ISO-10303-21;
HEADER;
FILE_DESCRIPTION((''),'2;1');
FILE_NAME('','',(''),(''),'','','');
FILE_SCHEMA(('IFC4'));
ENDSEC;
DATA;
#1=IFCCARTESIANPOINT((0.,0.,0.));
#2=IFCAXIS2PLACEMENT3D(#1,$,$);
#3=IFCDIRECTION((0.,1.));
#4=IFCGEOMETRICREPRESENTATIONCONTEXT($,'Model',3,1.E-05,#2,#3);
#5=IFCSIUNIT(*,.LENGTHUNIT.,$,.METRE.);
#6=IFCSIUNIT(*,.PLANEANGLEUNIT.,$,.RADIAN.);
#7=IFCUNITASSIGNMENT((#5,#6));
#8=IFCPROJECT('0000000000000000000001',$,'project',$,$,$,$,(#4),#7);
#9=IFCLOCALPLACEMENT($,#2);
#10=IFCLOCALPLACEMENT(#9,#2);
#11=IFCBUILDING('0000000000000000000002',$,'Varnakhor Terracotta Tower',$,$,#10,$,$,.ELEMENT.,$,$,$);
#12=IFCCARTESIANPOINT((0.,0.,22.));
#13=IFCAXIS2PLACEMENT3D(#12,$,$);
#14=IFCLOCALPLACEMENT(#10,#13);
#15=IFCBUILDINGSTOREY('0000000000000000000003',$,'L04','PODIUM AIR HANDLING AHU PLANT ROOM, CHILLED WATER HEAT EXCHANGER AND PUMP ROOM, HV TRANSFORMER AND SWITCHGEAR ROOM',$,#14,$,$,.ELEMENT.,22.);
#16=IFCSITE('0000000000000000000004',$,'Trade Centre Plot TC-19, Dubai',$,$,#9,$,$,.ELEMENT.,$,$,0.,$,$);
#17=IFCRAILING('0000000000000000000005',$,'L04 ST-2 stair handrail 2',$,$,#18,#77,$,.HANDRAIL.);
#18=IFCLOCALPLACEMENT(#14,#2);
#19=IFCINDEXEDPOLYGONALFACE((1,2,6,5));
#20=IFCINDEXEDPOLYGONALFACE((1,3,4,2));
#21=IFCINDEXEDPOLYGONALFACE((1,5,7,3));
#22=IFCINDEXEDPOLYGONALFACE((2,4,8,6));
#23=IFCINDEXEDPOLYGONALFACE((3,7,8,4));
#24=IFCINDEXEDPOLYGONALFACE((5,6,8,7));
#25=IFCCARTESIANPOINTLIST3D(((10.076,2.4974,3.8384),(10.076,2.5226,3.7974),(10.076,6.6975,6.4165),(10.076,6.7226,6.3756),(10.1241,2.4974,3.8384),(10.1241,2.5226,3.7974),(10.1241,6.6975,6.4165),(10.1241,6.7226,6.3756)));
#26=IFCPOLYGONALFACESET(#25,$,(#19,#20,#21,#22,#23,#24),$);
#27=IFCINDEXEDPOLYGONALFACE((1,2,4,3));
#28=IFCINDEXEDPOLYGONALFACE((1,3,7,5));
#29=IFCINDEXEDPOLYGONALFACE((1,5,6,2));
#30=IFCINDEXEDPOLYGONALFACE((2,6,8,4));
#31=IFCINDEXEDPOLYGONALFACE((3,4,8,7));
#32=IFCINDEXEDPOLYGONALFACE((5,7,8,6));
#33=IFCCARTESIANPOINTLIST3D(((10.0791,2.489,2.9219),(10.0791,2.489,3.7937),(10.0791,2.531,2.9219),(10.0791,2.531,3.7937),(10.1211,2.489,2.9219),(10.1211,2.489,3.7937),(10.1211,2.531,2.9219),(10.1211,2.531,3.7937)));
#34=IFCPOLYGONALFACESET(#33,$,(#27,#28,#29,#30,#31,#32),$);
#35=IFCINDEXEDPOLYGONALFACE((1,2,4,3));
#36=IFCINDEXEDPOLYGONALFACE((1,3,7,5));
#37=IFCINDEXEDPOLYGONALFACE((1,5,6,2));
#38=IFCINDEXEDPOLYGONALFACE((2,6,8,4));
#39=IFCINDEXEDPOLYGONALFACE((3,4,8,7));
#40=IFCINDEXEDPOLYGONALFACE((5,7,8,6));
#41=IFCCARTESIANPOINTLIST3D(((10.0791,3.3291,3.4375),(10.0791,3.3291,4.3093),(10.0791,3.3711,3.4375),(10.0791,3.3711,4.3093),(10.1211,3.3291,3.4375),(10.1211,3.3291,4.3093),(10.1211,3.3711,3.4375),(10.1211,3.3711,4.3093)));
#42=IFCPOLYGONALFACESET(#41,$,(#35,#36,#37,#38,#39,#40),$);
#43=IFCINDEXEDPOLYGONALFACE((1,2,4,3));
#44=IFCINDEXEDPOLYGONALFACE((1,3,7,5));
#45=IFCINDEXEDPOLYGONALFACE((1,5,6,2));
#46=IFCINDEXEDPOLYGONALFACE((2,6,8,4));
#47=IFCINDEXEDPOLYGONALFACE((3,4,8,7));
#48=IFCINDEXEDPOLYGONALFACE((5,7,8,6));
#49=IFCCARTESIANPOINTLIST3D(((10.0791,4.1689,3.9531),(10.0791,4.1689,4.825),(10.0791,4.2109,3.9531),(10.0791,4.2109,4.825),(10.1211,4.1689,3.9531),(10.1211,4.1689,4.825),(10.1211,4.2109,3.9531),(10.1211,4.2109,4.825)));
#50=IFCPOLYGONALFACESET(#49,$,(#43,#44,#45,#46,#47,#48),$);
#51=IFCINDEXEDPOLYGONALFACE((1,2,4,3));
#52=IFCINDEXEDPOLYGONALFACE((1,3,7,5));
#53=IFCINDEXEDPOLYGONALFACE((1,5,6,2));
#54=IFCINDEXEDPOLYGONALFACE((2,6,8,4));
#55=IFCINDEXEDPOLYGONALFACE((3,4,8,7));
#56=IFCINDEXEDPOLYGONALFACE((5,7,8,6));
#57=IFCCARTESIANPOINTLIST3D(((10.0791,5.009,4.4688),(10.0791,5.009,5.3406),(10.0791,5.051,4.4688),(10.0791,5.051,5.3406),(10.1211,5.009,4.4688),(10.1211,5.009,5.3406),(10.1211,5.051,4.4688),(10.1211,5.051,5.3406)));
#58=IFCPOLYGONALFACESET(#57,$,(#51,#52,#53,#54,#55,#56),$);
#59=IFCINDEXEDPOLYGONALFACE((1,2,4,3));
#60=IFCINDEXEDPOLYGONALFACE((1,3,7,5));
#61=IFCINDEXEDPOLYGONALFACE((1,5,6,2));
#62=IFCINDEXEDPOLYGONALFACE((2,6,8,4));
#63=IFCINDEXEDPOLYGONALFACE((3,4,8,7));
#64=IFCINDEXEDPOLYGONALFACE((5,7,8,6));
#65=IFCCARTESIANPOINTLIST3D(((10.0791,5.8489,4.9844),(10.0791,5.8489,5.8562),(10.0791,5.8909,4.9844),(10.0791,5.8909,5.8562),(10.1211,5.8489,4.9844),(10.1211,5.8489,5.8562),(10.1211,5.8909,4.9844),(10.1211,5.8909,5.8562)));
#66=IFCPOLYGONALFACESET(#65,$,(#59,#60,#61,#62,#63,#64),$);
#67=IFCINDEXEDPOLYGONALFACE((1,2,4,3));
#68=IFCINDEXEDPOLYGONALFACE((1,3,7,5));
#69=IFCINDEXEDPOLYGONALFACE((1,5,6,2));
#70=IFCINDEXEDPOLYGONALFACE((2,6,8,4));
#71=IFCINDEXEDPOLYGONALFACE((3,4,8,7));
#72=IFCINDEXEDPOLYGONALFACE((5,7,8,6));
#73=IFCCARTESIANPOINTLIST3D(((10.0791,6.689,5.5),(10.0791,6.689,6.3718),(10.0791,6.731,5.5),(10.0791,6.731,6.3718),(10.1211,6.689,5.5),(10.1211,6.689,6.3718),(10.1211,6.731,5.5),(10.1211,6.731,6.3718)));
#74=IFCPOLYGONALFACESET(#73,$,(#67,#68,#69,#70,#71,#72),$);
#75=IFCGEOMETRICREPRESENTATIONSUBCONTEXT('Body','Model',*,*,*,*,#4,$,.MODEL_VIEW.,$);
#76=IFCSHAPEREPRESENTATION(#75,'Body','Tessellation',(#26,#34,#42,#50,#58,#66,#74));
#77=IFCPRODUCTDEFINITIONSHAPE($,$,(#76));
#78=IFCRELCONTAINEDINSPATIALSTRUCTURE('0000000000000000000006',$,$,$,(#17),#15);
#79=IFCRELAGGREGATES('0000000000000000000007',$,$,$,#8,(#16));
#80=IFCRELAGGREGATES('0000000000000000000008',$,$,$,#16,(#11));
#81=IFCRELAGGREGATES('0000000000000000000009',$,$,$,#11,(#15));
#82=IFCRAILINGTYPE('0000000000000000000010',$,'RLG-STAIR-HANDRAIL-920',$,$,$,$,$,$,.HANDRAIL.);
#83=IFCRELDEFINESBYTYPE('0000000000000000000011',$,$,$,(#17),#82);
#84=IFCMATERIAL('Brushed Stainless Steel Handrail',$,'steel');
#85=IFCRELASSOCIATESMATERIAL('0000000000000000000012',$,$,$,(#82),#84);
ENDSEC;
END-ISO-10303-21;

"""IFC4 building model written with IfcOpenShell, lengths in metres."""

from ifc_helpers import new_model, si_unit, direction, frame, origin, origin_2d, place, context, subcontext, project, spatial, rectangle, extrude, material, type_object, element, save


model = new_model("IFC4")

# Units and contexts
model_context = context("Model", 3, precision=1e-05, world=origin(), true_north=direction((0.0, 1.0)))
body_context = subcontext(model_context, "Body", "Model", "MODEL_VIEW")
ifc_project = project(units=[si_unit("LENGTHUNIT", "METRE"), si_unit("PLANEANGLEUNIT", "RADIAN")], contexts=[model_context])

# Site, building, storey
site_placement = place(None, origin())
site = spatial("IfcSite", under=ifc_project, at=site_placement, Name="Trade Centre Plot TC-19, Dubai", CompositionType="ELEMENT", RefElevation=0.0)
building_placement = place(site_placement, origin())
building = spatial("IfcBuilding", under=site, at=building_placement, Name="Varnakhor Terracotta Tower", CompositionType="ELEMENT")
storey_placement = place(building_placement, frame((0.0, 0.0, 22.0)))
storey = spatial("IfcBuildingStorey", under=building, at=storey_placement, Name="L04", Description="PODIUM AIR HANDLING AHU PLANT ROOM, CHILLED WATER HEAT EXCHANGER AND PUMP ROOM, HV TRANSFORMER AND SWITCHGEAR ROOM", CompositionType="ELEMENT", Elevation=22.0)

# Railing
ifc_material_1 = material(Name="Brushed Stainless Steel Handrail", Category="steel")
railing_type_1 = type_object("IfcRailingType", Name="RLG-STAIR-HANDRAIL-920", PredefinedType="HANDRAIL", material=ifc_material_1)
railing_1_placement = place(storey_placement, frame((10.1001, 2.51, 2.9219)))
element("IfcRailing", 1, at=railing_1_placement, inside=storey, type_object=railing_type_1, Name="L04 ST-2 stair handrail 2", PredefinedType="HANDRAIL", context=body_context, shape_type="SweptSolid", body=[
    extrude(rectangle(XDim=0.0481, YDim=0.0481, at=origin_2d()), frame((0.0, 0.0, 0.896), z_axis=(0.0, 0.852243, 0.523146), x_axis=(-1.0, 0.0, 0.0)), (0.0, 0.0, 1.0), 4.9282),
    extrude(rectangle(XDim=0.042, YDim=0.042, at=origin_2d()), origin(), (0.0, 0.0, 1.0), 0.8718),
    extrude(rectangle(XDim=0.042, YDim=0.042, at=origin_2d()), frame((0.0, 0.8401, 0.5156)), (0.0, 0.0, 1.0), 0.8718),
    extrude(rectangle(XDim=0.042, YDim=0.042, at=origin_2d()), frame((0.0, 1.6799, 1.0312)), (0.0, 0.0, 1.0), 0.8718),
    extrude(rectangle(XDim=0.042, YDim=0.042, at=origin_2d()), frame((0.0, 2.52, 1.5469)), (0.0, 0.0, 1.0), 0.8718),
    extrude(rectangle(XDim=0.042, YDim=0.042, at=origin_2d()), frame((0.0, 3.3599, 2.0625)), (0.0, 0.0, 1.0), 0.8718),
    extrude(rectangle(XDim=0.042, YDim=0.042, at=origin_2d()), frame((0.0, 4.2, 2.5781)), (0.0, 0.0, 1.0), 0.8718),
])

save(model, "model.ifc")
